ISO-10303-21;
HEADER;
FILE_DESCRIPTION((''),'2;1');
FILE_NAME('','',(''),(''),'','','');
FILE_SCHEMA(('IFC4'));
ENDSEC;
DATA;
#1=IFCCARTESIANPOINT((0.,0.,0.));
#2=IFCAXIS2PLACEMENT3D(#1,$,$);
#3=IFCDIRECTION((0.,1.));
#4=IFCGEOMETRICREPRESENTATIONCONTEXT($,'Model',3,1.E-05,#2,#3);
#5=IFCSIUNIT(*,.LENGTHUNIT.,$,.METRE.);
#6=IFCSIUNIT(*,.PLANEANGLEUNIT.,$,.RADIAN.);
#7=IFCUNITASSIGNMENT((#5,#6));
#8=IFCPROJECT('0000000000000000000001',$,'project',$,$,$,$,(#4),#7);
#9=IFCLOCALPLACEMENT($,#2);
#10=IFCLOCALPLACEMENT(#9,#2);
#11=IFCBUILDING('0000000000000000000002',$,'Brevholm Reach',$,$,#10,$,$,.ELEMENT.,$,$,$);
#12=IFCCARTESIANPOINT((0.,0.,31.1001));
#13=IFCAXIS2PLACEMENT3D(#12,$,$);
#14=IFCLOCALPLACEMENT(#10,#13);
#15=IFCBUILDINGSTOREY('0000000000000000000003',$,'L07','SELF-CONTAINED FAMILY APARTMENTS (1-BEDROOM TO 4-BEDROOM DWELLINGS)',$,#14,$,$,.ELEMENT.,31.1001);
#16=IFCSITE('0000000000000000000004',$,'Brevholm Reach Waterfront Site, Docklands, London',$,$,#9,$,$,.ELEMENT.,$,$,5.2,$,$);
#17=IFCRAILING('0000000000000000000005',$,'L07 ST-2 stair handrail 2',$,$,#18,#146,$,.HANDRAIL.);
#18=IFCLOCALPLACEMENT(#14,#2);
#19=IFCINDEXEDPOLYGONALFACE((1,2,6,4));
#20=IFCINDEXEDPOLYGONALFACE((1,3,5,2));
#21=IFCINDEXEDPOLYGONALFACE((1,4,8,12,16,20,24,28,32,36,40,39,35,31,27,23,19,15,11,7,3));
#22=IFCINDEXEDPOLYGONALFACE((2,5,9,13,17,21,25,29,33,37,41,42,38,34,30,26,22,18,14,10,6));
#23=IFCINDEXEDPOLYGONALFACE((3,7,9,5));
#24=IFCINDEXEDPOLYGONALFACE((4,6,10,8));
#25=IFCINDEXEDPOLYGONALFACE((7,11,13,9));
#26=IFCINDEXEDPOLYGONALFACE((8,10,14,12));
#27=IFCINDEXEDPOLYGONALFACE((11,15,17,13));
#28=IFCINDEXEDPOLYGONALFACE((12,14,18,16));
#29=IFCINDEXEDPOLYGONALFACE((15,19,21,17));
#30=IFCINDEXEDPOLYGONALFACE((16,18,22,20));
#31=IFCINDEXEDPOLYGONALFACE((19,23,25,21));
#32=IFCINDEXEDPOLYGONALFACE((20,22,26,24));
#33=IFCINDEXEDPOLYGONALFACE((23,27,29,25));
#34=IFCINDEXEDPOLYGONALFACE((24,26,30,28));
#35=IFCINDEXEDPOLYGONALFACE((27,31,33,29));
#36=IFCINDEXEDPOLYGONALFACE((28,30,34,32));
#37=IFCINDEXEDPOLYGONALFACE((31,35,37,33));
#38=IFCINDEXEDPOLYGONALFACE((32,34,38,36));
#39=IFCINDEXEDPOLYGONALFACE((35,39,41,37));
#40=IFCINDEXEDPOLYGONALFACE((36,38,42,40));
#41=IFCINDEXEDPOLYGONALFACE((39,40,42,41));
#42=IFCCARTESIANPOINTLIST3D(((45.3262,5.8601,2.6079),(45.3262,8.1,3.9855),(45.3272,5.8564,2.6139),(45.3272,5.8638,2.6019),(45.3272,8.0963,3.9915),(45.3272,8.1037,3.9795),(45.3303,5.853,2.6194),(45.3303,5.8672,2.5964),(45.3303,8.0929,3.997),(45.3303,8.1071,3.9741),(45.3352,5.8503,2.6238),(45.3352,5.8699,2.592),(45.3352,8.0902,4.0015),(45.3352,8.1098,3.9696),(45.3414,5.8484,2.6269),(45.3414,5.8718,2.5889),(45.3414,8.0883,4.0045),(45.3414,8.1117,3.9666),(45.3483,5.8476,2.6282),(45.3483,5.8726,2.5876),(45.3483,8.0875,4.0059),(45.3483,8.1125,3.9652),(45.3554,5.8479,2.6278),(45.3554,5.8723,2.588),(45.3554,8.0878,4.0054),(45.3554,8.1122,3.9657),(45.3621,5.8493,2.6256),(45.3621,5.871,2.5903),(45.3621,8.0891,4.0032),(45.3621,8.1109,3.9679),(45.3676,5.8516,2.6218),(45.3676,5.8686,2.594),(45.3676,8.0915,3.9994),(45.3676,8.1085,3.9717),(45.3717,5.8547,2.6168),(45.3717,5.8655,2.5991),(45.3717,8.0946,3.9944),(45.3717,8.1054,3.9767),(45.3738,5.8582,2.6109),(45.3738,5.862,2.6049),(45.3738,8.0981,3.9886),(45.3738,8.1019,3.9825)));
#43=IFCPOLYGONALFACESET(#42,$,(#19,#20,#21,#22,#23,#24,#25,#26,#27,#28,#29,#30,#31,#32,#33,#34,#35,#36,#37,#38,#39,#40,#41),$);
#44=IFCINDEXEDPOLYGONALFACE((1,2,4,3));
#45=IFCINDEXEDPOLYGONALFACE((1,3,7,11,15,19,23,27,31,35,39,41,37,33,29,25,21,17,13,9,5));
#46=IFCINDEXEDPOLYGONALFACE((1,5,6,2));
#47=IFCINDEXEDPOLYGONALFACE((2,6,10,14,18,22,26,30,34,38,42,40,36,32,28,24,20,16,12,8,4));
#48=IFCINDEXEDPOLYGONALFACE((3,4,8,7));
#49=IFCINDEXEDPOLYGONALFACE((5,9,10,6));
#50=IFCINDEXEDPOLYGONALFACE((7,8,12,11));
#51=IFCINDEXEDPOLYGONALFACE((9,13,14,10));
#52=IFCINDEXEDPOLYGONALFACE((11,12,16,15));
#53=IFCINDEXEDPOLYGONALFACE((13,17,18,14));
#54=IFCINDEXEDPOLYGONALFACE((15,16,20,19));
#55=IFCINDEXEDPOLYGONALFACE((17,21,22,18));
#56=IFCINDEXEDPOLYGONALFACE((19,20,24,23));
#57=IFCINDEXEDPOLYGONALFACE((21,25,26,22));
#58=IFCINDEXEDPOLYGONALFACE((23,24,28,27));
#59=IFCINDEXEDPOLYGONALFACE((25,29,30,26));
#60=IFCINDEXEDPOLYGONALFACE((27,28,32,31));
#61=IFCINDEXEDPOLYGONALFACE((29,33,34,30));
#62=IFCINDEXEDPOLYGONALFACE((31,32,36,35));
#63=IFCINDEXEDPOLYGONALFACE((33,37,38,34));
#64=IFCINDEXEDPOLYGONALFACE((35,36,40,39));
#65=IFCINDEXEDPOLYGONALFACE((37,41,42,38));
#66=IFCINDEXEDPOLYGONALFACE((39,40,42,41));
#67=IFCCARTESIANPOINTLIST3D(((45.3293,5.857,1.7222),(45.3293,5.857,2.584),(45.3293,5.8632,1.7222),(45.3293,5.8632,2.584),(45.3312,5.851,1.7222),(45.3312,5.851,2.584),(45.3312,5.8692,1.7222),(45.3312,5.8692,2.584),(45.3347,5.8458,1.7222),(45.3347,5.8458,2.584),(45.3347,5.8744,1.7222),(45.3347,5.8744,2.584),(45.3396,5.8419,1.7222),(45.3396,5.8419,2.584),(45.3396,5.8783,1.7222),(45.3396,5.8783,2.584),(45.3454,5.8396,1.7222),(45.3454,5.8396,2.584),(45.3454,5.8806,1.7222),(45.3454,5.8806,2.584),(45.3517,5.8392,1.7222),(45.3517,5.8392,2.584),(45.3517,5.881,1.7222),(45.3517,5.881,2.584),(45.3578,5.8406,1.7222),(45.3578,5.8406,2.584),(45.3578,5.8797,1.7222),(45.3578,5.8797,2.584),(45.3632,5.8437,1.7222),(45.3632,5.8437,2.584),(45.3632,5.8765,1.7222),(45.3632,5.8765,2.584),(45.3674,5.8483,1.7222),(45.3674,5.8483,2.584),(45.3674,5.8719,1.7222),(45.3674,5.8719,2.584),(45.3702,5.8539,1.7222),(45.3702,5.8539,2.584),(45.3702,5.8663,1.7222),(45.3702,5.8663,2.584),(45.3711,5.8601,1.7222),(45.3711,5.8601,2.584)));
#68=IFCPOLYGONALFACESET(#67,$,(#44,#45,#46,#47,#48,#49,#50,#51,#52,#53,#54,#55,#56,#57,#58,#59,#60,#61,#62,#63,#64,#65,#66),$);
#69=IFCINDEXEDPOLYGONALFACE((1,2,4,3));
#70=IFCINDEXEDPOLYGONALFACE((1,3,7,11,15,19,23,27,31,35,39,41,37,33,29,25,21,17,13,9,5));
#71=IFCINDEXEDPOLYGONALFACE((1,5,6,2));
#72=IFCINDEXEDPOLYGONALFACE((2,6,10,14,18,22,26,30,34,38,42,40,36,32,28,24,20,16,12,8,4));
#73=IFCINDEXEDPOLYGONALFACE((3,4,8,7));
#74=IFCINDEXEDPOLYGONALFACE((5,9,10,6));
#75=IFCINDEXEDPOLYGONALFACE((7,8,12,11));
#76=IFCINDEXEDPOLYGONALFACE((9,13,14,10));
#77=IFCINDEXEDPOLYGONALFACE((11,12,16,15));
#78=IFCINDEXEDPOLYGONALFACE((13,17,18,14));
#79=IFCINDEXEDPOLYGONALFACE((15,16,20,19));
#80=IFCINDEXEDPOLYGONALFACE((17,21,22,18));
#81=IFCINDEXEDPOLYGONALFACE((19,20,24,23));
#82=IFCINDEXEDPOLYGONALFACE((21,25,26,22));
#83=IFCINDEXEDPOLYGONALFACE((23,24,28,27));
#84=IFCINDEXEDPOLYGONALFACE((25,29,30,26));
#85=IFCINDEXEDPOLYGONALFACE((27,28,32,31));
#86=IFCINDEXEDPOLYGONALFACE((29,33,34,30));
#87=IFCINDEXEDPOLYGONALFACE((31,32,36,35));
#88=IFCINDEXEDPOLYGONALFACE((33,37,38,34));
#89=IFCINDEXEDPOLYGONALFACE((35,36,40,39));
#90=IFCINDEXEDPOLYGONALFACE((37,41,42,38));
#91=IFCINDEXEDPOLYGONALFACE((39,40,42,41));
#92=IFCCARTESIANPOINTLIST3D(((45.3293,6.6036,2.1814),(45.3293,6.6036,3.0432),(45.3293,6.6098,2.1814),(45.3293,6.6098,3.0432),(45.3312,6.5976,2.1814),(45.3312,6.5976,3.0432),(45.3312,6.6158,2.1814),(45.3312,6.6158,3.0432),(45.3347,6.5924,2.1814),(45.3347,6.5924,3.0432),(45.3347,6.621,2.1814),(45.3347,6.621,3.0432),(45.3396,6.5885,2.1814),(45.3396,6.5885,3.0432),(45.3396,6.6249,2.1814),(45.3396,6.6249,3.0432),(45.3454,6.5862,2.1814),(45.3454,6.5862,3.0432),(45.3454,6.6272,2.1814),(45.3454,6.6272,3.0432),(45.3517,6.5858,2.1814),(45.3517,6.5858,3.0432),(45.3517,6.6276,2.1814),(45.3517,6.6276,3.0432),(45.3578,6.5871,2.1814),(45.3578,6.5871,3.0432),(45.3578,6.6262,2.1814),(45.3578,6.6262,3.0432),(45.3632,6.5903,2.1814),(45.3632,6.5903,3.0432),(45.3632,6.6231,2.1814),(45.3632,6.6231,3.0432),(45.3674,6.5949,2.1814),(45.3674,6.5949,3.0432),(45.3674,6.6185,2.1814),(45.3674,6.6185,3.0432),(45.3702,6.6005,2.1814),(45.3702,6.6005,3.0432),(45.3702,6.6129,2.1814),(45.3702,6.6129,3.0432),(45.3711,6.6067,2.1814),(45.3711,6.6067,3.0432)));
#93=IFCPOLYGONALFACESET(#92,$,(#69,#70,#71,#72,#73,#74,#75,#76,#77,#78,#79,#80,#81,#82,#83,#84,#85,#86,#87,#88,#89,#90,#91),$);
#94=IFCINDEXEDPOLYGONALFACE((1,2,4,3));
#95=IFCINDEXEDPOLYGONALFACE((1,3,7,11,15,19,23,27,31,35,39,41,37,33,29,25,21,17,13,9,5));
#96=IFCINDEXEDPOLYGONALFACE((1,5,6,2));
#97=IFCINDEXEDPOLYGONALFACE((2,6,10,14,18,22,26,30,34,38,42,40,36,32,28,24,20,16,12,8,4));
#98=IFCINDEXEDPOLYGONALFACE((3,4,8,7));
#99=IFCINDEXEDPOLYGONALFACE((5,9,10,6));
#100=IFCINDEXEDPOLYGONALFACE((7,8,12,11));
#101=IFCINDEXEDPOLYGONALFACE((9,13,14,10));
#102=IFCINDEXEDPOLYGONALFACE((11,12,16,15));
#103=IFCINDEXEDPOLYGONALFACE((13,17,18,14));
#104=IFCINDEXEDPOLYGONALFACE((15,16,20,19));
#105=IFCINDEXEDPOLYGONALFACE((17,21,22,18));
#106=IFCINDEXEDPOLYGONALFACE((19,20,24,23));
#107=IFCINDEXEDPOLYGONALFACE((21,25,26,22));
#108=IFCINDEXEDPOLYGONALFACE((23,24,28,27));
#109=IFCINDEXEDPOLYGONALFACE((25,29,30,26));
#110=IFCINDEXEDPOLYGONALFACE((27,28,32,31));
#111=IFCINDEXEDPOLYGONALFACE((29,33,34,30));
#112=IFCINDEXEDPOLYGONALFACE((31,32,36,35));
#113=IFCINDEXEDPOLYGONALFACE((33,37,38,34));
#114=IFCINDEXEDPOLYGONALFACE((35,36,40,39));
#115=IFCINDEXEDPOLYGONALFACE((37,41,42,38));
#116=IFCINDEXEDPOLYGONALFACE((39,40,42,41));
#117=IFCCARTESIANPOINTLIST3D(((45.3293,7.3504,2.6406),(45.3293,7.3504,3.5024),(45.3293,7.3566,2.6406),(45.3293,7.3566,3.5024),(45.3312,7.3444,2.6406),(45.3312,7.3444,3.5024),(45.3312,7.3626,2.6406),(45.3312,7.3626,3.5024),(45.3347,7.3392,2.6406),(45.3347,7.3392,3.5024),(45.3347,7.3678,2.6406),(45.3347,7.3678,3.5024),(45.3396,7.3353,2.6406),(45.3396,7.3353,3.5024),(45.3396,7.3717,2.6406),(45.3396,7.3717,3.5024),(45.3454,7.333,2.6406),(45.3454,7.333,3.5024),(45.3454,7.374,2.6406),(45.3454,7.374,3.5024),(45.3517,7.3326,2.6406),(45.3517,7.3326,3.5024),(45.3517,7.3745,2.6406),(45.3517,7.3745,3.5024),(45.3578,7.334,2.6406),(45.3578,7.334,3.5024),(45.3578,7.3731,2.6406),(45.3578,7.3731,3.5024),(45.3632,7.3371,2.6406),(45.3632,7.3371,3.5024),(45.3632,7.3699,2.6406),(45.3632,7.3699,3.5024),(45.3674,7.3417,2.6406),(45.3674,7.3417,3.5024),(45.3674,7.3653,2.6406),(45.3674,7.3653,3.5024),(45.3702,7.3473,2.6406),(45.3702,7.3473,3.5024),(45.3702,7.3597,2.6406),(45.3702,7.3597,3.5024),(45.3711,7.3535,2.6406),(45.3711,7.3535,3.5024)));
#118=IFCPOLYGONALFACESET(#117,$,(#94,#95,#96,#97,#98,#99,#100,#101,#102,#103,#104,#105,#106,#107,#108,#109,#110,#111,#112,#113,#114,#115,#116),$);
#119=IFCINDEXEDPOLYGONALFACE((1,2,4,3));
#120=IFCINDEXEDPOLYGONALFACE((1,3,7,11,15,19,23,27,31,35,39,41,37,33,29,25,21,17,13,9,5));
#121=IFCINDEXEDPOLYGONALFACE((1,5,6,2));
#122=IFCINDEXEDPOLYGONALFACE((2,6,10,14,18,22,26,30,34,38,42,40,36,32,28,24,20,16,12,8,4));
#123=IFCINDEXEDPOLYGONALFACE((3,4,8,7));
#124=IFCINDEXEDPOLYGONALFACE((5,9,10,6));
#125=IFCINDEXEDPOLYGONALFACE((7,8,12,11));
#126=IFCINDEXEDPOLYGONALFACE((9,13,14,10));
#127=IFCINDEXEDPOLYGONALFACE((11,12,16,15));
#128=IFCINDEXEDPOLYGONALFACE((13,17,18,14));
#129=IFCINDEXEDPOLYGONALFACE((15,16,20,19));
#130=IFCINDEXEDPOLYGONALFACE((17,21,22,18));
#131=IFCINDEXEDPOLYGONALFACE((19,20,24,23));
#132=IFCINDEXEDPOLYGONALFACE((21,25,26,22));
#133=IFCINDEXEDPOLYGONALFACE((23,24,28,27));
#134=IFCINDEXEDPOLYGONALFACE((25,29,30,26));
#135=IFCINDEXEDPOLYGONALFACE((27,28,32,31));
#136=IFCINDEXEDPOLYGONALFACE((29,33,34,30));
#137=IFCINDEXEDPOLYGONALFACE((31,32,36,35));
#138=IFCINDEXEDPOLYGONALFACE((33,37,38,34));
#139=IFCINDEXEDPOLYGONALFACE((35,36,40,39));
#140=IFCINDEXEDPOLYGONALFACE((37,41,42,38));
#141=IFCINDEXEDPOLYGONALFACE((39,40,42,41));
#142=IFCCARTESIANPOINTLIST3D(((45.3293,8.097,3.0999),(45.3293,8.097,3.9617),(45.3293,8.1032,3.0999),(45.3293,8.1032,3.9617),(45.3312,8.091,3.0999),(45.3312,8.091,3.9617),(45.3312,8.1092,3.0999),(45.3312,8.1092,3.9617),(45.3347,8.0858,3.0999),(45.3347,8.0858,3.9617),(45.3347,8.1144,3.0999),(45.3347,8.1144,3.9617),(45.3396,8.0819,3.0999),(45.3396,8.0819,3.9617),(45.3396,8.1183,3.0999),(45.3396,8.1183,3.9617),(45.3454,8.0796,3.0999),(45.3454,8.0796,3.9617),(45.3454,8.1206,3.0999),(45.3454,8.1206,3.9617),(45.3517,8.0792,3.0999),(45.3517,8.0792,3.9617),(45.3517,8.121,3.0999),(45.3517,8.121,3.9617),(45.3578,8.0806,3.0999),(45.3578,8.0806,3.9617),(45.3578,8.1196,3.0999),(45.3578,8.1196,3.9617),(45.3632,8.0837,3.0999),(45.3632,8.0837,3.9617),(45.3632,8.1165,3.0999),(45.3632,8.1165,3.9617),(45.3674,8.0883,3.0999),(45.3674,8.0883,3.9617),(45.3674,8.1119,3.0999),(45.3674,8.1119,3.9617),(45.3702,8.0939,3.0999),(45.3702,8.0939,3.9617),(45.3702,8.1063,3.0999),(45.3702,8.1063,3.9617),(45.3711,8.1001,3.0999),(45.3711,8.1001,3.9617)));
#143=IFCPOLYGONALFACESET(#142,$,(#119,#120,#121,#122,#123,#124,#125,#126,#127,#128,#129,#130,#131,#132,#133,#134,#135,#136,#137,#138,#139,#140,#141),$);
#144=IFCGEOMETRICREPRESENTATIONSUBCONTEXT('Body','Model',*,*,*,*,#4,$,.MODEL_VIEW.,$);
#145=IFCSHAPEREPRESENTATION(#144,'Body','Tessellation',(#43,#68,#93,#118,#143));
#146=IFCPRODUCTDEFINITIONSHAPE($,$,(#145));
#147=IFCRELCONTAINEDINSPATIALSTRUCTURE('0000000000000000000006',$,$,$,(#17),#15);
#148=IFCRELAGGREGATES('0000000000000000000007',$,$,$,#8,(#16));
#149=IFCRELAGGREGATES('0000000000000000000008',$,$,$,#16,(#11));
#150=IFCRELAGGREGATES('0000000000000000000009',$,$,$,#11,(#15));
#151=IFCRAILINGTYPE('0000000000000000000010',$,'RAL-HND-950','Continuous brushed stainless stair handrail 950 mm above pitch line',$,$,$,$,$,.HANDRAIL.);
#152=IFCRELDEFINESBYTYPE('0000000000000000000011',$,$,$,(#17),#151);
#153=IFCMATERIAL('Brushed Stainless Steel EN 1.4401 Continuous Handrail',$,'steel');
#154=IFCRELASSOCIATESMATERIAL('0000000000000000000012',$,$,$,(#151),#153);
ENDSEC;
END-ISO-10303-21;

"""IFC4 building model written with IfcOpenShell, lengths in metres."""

from ifc_helpers import new_model, si_unit, direction, frame, origin, origin_2d, place, context, subcontext, project, spatial, circle, extrude, material, type_object, element, save


model = new_model("IFC4")

# Units and contexts
model_context = context("Model", 3, precision=1e-05, world=origin(), true_north=direction((0.0, 1.0)))
body_context = subcontext(model_context, "Body", "Model", "MODEL_VIEW")
ifc_project = project(units=[si_unit("LENGTHUNIT", "METRE"), si_unit("PLANEANGLEUNIT", "RADIAN")], contexts=[model_context])

# Site, building, storey
site_placement = place(None, origin())
site = spatial("IfcSite", under=ifc_project, at=site_placement, Name="Brevholm Reach Waterfront Site, Docklands, London", CompositionType="ELEMENT", RefElevation=5.2)
building_placement = place(site_placement, origin())
building = spatial("IfcBuilding", under=site, at=building_placement, Name="Brevholm Reach", CompositionType="ELEMENT")
storey_placement = place(building_placement, frame((0.0, 0.0, 31.1001)))
storey = spatial("IfcBuildingStorey", under=building, at=storey_placement, Name="L07", Description="SELF-CONTAINED FAMILY APARTMENTS (1-BEDROOM TO 4-BEDROOM DWELLINGS)", CompositionType="ELEMENT", Elevation=31.1001)

# Railing
ifc_material_1 = material(Name="Brushed Stainless Steel EN 1.4401 Continuous Handrail", Category="steel")
railing_type_1 = type_object("IfcRailingType", Name="RAL-HND-950", Description="Continuous brushed stainless stair handrail 950 mm above pitch line", PredefinedType="HANDRAIL", material=ifc_material_1)
railing_1_placement = place(storey_placement, frame((45.3501, 5.8601, 1.7222)))
element("IfcRailing", 1, at=railing_1_placement, inside=storey, type_object=railing_type_1, Name="L07 ST-2 stair handrail 2", PredefinedType="HANDRAIL", context=body_context, shape_type="SweptSolid", body=[
    extrude(circle(Radius=0.0239, at=origin_2d()), frame((0.0, 0.0, 0.8857), z_axis=(0.0, 0.851789, 0.523885), x_axis=(-1.0, 0.0, 0.0)), (0.0, 0.0, 1.0), 2.6296),
    extrude(circle(Radius=0.021, at=origin_2d()), origin(), (0.0, 0.0, 1.0), 0.8618),
    extrude(circle(Radius=0.021, at=origin_2d()), frame((0.0, 0.7466, 0.4592)), (0.0, 0.0, 1.0), 0.8618),
    extrude(circle(Radius=0.021, at=origin_2d()), frame((0.0, 1.4934, 0.9185)), (0.0, 0.0, 1.0), 0.8618),
    extrude(circle(Radius=0.021, at=origin_2d()), frame((0.0, 2.24, 1.3777)), (0.0, 0.0, 1.0), 0.8618),
])

save(model, "model.ifc")
